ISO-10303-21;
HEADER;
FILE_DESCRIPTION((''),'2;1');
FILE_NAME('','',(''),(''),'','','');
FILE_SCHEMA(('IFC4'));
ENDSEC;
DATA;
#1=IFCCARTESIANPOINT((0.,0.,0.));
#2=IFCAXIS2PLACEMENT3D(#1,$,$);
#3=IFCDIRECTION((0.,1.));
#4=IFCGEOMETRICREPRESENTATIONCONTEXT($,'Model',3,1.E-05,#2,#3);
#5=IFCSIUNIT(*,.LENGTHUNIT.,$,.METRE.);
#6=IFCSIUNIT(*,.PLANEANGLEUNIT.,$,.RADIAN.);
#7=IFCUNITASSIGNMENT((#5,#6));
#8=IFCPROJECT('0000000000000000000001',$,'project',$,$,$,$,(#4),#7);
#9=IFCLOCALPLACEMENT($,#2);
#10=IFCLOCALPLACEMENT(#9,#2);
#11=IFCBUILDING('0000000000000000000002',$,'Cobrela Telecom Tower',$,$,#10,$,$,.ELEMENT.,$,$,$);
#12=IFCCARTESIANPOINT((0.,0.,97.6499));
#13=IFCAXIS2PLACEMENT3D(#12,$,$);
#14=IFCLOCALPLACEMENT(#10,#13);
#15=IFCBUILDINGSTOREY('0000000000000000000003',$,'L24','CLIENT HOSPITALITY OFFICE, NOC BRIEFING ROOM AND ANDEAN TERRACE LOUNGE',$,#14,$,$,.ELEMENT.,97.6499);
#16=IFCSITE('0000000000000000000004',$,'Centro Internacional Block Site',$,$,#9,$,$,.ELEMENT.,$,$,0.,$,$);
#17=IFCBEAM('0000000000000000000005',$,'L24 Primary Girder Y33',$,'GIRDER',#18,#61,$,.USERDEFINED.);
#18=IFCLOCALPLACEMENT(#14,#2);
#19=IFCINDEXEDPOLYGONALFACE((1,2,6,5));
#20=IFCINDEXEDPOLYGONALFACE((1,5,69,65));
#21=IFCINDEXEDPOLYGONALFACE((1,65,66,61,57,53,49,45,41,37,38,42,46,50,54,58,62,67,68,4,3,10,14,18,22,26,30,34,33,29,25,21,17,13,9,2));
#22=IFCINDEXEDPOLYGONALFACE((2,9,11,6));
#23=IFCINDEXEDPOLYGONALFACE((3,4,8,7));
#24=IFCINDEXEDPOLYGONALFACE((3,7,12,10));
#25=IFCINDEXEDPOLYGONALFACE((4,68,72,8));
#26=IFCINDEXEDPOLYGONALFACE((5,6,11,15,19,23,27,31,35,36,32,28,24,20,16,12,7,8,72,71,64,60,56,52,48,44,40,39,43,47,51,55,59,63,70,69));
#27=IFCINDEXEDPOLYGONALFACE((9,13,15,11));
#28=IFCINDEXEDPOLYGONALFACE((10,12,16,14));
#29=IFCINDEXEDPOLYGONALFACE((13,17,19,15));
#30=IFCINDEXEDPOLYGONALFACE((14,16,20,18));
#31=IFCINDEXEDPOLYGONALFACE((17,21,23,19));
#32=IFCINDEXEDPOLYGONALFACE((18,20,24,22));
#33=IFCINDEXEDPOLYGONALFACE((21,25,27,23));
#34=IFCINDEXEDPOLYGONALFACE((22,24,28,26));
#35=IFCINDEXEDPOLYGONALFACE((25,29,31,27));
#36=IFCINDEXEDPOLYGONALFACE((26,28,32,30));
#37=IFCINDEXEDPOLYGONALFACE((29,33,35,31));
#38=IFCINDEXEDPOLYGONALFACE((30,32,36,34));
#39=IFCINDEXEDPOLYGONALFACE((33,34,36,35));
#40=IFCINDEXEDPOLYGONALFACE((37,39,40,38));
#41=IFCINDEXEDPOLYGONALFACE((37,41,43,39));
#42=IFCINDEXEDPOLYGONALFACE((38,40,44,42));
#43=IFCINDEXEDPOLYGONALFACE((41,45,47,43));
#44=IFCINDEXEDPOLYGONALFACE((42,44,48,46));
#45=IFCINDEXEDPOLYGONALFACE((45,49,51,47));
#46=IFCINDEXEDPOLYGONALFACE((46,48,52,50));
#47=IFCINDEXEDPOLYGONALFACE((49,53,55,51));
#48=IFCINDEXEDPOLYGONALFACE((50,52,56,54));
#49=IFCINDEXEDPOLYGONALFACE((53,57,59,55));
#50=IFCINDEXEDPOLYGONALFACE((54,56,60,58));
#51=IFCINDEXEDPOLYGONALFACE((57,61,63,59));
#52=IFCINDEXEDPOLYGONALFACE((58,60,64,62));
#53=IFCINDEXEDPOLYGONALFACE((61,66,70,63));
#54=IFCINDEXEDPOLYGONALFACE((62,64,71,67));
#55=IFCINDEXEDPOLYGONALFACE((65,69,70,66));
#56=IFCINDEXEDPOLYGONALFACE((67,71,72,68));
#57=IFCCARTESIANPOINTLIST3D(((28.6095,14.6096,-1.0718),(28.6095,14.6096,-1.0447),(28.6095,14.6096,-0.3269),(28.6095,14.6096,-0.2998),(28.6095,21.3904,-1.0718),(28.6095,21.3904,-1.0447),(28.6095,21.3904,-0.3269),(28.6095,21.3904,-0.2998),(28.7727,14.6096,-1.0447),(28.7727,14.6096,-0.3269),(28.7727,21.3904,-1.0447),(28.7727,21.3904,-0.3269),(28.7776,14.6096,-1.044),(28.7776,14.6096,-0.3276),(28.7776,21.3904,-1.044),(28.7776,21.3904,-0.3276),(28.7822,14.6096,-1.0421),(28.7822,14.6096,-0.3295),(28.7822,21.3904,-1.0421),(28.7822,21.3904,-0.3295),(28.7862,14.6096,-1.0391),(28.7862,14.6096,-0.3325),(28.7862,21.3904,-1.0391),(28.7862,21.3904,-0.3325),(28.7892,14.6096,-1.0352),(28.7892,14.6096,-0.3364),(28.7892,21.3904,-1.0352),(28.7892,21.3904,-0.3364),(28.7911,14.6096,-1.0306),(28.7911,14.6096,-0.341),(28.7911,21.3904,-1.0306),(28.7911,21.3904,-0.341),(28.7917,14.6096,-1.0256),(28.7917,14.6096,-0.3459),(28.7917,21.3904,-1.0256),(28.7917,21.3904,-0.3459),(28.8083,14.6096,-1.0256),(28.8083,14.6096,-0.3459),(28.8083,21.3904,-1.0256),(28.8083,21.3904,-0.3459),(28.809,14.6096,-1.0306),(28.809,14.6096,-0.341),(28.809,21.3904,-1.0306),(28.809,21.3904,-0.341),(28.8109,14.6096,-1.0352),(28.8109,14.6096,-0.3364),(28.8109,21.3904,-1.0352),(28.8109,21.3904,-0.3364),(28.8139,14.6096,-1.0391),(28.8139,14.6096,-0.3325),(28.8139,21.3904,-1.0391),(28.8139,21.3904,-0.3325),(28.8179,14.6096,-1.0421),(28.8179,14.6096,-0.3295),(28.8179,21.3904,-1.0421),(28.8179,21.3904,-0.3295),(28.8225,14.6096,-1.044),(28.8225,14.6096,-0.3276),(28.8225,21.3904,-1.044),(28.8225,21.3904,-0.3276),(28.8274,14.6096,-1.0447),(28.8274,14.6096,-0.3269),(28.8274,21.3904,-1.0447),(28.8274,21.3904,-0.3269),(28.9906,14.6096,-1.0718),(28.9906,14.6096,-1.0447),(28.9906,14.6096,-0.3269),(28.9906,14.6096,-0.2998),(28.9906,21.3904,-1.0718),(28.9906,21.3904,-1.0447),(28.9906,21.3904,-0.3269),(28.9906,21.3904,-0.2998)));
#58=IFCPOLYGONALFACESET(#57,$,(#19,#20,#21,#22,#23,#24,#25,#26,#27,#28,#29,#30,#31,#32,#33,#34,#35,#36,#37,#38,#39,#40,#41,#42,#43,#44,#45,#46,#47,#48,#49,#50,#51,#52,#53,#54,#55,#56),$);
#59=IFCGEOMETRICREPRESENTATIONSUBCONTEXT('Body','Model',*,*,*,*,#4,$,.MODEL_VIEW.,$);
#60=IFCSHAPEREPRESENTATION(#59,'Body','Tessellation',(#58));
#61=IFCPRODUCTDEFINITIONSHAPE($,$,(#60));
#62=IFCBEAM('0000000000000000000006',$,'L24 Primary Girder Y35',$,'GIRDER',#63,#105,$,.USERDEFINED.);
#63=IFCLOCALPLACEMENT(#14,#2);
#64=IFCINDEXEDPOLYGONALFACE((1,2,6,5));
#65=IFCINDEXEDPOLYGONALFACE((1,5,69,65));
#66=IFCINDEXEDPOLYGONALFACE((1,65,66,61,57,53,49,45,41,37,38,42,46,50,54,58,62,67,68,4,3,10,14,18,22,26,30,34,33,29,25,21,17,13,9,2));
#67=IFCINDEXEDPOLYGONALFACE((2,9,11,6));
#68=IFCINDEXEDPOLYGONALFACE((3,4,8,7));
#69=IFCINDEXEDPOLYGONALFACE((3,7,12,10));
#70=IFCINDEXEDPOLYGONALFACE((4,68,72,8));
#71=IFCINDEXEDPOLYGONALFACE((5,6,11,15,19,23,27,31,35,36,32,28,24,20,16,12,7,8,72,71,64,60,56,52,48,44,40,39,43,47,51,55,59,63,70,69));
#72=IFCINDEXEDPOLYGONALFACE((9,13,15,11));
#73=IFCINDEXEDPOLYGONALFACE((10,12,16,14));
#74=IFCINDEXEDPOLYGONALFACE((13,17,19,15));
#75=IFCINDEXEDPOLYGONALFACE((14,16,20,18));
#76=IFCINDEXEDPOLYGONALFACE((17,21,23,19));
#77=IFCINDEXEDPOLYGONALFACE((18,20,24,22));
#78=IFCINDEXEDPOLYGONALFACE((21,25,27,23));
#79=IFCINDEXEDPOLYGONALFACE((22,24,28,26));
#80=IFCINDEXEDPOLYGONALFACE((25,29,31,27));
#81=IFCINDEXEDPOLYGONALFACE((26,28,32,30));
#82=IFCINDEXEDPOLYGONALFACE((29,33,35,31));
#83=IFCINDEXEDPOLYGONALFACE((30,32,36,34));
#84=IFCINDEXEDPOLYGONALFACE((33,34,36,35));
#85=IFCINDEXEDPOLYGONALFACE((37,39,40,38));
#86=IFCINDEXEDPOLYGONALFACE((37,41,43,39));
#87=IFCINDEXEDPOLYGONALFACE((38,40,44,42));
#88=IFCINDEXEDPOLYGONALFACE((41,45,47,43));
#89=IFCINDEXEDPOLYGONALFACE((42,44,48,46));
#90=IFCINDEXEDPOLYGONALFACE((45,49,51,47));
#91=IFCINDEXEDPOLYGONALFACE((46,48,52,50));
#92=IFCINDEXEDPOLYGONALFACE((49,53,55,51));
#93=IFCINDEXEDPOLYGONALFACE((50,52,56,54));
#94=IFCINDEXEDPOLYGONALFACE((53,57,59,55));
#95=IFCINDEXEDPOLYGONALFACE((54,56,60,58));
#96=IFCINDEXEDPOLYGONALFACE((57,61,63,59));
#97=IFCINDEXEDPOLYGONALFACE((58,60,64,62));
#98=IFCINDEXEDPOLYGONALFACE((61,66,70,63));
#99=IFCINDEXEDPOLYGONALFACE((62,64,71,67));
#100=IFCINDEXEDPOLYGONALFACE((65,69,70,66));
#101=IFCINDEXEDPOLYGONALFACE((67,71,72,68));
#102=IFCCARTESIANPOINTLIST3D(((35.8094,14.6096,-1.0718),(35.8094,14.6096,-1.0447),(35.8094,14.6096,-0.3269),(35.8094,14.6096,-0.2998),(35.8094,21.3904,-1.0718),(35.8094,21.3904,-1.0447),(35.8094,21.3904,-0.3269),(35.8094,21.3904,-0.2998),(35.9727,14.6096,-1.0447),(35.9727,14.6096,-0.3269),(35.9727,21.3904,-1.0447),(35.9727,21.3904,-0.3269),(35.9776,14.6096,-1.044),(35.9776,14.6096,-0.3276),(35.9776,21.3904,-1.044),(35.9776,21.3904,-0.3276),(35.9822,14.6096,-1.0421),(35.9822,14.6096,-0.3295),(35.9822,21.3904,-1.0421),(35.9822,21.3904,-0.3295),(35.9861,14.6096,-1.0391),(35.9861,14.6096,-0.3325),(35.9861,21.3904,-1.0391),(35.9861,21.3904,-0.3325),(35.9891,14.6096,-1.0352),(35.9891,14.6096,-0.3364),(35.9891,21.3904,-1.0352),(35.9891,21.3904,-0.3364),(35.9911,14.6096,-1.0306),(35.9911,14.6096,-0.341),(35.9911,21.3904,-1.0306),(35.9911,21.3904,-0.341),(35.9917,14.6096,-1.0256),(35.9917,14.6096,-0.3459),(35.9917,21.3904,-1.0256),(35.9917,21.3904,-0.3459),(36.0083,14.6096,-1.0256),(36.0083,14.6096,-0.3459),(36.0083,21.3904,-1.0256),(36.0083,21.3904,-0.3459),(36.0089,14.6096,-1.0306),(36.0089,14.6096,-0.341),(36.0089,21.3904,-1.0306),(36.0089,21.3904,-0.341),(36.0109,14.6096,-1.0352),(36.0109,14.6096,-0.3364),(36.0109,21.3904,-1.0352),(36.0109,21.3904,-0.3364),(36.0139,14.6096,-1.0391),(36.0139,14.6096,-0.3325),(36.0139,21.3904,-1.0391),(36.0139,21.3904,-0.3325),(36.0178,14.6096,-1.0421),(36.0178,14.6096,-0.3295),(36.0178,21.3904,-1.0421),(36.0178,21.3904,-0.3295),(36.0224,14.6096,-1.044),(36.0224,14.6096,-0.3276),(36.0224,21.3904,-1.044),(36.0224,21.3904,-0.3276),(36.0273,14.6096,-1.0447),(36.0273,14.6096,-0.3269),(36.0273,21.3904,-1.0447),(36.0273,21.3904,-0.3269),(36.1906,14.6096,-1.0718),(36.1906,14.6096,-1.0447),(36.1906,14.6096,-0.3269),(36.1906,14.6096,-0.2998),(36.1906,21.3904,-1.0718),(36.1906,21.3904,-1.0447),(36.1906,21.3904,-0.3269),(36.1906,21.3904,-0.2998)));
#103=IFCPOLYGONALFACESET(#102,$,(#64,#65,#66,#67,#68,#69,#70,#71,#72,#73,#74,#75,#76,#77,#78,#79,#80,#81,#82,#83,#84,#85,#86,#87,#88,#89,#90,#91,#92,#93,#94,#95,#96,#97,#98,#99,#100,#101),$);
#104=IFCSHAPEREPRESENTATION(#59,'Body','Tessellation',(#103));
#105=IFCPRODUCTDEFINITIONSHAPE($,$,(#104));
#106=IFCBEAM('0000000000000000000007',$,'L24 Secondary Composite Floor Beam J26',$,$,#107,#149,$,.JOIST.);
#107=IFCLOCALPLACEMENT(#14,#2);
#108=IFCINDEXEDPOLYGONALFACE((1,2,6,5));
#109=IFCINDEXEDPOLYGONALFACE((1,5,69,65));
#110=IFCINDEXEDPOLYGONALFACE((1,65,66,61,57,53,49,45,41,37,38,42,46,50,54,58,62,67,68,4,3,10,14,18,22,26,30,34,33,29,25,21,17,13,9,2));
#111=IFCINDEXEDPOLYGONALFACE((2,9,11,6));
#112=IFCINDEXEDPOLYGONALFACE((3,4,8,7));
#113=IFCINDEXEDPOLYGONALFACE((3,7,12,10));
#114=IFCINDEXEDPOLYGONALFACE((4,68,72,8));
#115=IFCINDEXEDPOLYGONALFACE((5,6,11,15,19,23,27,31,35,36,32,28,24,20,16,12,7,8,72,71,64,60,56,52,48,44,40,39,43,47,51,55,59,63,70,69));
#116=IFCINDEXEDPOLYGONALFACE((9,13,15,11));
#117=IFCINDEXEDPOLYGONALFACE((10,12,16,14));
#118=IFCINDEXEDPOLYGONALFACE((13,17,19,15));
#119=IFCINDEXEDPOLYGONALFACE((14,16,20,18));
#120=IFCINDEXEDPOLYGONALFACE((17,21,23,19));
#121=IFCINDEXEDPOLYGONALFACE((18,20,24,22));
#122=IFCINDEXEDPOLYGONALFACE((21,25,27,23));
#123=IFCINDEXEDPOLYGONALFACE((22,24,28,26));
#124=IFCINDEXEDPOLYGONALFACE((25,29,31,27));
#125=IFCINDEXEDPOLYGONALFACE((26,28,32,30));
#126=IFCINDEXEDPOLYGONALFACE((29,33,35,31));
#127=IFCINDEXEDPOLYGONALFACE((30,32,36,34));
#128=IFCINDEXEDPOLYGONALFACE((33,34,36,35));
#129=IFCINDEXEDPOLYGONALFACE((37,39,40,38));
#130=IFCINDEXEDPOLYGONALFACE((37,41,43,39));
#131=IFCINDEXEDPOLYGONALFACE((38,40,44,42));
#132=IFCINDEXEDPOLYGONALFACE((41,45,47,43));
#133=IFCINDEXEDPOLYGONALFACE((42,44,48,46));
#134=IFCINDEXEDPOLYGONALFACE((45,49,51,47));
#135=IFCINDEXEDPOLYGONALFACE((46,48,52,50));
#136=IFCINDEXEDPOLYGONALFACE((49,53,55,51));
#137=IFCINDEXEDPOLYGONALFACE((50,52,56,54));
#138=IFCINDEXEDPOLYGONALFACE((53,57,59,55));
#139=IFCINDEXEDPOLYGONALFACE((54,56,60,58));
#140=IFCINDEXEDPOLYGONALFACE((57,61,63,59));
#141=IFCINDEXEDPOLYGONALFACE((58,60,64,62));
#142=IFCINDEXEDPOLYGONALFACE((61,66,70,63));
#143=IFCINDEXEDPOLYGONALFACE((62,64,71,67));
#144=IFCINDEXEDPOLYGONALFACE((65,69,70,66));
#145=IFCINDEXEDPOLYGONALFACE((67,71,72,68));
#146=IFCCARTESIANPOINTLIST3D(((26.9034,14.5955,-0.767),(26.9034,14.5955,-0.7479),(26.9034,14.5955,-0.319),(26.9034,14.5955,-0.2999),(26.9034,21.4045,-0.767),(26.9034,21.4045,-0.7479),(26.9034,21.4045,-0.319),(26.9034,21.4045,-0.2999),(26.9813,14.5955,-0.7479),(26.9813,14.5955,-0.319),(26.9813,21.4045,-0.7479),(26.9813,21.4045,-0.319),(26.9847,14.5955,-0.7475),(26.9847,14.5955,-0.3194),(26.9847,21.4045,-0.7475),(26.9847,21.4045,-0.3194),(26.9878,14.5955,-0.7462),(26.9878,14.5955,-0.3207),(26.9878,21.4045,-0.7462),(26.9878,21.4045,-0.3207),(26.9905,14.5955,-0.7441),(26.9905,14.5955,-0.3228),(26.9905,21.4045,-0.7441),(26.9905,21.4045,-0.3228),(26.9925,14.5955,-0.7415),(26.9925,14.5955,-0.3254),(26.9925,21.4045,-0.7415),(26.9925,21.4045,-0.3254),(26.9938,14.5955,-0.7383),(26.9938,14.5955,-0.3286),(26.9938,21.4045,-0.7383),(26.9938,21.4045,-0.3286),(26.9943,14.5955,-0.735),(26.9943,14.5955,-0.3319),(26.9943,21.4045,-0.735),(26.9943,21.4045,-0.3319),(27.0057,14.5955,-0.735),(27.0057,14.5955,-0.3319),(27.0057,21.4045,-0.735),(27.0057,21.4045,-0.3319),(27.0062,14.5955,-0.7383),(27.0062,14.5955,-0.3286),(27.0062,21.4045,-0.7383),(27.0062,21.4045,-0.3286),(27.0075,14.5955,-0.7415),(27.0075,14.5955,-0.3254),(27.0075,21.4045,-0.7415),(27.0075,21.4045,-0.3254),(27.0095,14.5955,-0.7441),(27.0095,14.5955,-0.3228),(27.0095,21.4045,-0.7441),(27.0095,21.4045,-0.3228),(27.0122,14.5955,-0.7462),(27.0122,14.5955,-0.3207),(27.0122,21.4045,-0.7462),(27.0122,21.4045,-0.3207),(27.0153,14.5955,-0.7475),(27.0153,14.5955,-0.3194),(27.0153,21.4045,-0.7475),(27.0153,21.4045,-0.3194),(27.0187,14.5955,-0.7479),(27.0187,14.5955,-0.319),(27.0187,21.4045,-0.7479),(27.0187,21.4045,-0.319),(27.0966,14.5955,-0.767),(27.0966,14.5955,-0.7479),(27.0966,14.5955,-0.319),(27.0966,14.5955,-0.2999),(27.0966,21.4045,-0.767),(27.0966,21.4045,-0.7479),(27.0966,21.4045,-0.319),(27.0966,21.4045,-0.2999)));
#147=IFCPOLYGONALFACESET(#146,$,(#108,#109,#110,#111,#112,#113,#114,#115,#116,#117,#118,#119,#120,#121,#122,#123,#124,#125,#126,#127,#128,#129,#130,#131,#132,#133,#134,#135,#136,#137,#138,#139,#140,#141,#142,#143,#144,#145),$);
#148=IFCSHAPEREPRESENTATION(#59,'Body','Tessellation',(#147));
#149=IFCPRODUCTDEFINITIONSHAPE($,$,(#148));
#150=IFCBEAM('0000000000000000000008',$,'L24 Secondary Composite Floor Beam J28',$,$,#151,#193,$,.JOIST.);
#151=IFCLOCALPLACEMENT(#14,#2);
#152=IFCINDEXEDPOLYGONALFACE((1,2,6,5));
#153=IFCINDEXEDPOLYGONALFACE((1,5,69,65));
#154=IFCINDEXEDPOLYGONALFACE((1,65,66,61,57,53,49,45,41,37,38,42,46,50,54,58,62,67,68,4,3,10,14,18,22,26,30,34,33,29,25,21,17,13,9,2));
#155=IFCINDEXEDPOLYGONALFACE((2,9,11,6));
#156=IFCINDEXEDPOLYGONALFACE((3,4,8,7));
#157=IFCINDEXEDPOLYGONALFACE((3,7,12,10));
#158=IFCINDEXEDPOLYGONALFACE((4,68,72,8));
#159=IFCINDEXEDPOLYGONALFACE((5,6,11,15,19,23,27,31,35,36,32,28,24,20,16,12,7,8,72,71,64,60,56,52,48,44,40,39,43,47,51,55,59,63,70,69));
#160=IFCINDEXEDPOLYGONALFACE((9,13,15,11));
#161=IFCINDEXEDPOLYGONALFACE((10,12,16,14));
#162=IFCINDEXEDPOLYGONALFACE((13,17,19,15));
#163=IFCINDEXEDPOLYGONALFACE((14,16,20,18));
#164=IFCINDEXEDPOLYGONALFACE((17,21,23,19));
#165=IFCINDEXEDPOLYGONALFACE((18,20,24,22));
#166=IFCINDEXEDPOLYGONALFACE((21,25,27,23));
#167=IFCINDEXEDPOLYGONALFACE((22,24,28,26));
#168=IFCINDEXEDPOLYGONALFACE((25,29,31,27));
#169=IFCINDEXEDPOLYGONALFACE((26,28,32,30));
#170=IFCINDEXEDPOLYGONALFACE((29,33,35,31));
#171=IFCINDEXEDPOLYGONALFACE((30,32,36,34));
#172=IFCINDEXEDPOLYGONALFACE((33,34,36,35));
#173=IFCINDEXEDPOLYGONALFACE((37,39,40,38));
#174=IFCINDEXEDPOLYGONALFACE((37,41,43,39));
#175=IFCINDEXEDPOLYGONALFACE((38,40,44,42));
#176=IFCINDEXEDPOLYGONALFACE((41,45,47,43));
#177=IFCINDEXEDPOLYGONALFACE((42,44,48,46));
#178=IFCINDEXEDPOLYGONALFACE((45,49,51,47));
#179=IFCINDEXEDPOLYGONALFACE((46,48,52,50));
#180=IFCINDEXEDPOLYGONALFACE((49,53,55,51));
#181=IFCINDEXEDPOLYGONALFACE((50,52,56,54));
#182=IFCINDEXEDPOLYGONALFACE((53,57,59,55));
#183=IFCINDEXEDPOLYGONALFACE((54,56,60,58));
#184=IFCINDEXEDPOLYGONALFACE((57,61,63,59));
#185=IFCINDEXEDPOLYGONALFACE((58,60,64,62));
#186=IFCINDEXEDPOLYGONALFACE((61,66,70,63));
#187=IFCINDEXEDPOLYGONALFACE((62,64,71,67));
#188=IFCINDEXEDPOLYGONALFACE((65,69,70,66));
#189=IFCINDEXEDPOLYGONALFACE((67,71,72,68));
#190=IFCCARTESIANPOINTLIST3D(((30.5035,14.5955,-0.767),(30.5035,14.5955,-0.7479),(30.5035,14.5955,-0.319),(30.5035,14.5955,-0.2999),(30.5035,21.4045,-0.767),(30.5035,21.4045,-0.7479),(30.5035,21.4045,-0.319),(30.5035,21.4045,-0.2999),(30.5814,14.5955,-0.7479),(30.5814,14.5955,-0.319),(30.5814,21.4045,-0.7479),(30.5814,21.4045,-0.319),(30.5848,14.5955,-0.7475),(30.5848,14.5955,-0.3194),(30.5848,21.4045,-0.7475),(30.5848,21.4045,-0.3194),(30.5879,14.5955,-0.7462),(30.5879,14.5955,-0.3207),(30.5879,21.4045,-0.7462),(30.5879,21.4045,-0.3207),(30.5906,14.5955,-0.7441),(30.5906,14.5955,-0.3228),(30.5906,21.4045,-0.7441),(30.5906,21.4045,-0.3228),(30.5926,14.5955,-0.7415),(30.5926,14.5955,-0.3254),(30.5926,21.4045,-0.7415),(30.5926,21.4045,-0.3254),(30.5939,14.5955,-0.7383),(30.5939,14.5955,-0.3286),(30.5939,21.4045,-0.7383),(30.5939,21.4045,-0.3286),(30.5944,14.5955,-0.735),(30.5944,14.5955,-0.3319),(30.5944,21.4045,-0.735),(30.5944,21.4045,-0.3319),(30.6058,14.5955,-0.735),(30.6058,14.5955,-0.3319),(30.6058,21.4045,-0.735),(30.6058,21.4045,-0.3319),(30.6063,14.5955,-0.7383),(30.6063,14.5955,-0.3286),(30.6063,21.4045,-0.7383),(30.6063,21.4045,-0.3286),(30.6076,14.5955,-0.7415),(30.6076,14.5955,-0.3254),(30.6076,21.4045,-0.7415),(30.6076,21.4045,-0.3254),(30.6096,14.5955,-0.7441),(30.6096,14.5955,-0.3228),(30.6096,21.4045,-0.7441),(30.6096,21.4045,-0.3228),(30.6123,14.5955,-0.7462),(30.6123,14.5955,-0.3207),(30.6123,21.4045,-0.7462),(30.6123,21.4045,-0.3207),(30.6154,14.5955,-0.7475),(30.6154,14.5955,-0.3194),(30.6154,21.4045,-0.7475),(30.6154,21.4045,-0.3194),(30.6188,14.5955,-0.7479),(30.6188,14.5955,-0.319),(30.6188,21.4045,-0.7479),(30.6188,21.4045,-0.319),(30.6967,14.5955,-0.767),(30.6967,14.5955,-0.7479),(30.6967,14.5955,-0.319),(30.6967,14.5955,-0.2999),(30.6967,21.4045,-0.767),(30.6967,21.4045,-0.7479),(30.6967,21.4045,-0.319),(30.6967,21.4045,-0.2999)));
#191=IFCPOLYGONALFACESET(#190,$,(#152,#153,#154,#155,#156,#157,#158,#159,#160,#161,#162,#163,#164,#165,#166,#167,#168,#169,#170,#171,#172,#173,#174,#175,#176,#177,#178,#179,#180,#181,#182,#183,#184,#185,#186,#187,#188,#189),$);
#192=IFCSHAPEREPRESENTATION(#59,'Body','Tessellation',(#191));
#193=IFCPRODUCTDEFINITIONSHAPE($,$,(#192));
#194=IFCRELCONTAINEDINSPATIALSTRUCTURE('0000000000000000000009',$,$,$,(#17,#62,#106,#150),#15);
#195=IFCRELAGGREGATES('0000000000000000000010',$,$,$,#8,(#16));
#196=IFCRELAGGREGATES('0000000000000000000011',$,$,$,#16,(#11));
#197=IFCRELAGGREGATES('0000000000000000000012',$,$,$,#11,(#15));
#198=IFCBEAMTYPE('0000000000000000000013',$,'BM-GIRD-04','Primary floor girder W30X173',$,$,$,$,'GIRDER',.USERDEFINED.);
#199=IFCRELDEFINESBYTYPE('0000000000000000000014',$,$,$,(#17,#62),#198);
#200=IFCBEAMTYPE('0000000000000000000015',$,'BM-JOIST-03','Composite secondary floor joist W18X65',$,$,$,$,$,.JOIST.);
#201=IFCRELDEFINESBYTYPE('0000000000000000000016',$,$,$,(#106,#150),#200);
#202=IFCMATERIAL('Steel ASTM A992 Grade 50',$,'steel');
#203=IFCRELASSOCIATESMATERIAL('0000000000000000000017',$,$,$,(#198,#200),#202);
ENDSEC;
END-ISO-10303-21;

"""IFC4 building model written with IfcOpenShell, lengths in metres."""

from ifc_helpers import new_model, si_unit, direction, frame, origin, origin_2d, place, context, subcontext, project, spatial, i_section, extrude, material, material_profile, profile_set, type_object, element, save


model = new_model("IFC4")

# Units and contexts
model_context = context("Model", 3, precision=1e-05, world=origin(), true_north=direction((0.0, 1.0)))
body_context = subcontext(model_context, "Body", "Model", "MODEL_VIEW")
ifc_project = project(units=[si_unit("LENGTHUNIT", "METRE"), si_unit("PLANEANGLEUNIT", "RADIAN")], contexts=[model_context])

# Site, building, storey
site_placement = place(None, origin())
site = spatial("IfcSite", under=ifc_project, at=site_placement, Name="Centro Internacional Block Site", CompositionType="ELEMENT", RefElevation=0.0)
building_placement = place(site_placement, origin())
building = spatial("IfcBuilding", under=site, at=building_placement, Name="Cobrela Telecom Tower", CompositionType="ELEMENT")
storey_placement = place(building_placement, frame((0.0, 0.0, 97.6499)))
storey = spatial("IfcBuildingStorey", under=building, at=storey_placement, Name="L24", Description="CLIENT HOSPITALITY OFFICE, NOC BRIEFING ROOM AND ANDEAN TERRACE LOUNGE", CompositionType="ELEMENT", Elevation=97.6499)

# Shared definitions
ifc_material_1 = material(Name="Steel ASTM A992 Grade 50", Category="steel")

# Beams
ifc_material_profile_1 = material_profile(ifc_material_1, i_section(OverallWidth=0.3811, OverallDepth=0.772, WebThickness=0.0166, FlangeThickness=0.0271, FilletRadius=0.019, at=origin_2d()), Name="W30X173")
ifc_profile_set_1 = profile_set([ifc_material_profile_1], Name="Steel ASTM A992 Grade 50")
beam_type_1 = type_object("IfcBeamType", Name="BM-GIRD-04", Description="Primary floor girder W30X173", ElementType="GIRDER", PredefinedType="USERDEFINED", material=ifc_profile_set_1)
for number, where, z_axis, x_axis, name in (
    (1, (28.8, 14.6096, -0.6858), (0.0, 1.0, 0.0), (-1.0, 0.0, 0.0), "L24 Primary Girder Y33"),
    (2, (36.0, 14.6096, -0.6858), (0.0, 1.0, 0.0), (-1.0, 0.0, 0.0), "L24 Primary Girder Y35"),
):
    element("IfcBeam", number, at=place(storey_placement, frame(where, z_axis=z_axis, x_axis=x_axis)), inside=storey, type_object=beam_type_1, Name=name, ObjectType="GIRDER", PredefinedType="USERDEFINED", context=body_context, shape_type="SweptSolid", body=[
        extrude(i_section(OverallWidth=0.3811, OverallDepth=0.772, WebThickness=0.0166, FlangeThickness=0.0271, FilletRadius=0.019, at=origin_2d()), origin(), (0.0, 0.0, 1.0), 6.7808),
    ])
ifc_material_profile_2 = material_profile(ifc_material_1, i_section(OverallWidth=0.1931, OverallDepth=0.467, WebThickness=0.0115, FlangeThickness=0.019, FilletRadius=0.0129, at=origin_2d()), Name="W18X65")
ifc_profile_set_2 = profile_set([ifc_material_profile_2], Name="Steel ASTM A992 Grade 50")
beam_type_2 = type_object("IfcBeamType", Name="BM-JOIST-03", Description="Composite secondary floor joist W18X65", PredefinedType="JOIST", material=ifc_profile_set_2)
for number, where, z_axis, x_axis, name in (
    (3, (27.0, 14.5955, -0.5334), (0.0, 1.0, 0.0), (-1.0, 0.0, 0.0), "L24 Secondary Composite Floor Beam J26"),
    (4, (30.6001, 14.5955, -0.5334), (0.0, 1.0, 0.0), (-1.0, 0.0, 0.0), "L24 Secondary Composite Floor Beam J28"),
):
    element("IfcBeam", number, at=place(storey_placement, frame(where, z_axis=z_axis, x_axis=x_axis)), inside=storey, type_object=beam_type_2, Name=name, PredefinedType="JOIST", context=body_context, shape_type="SweptSolid", body=[
        extrude(i_section(OverallWidth=0.1931, OverallDepth=0.467, WebThickness=0.0115, FlangeThickness=0.019, FilletRadius=0.0129, at=origin_2d()), origin(), (0.0, 0.0, 1.0), 6.8091),
    ])

save(model, "model.ifc")
